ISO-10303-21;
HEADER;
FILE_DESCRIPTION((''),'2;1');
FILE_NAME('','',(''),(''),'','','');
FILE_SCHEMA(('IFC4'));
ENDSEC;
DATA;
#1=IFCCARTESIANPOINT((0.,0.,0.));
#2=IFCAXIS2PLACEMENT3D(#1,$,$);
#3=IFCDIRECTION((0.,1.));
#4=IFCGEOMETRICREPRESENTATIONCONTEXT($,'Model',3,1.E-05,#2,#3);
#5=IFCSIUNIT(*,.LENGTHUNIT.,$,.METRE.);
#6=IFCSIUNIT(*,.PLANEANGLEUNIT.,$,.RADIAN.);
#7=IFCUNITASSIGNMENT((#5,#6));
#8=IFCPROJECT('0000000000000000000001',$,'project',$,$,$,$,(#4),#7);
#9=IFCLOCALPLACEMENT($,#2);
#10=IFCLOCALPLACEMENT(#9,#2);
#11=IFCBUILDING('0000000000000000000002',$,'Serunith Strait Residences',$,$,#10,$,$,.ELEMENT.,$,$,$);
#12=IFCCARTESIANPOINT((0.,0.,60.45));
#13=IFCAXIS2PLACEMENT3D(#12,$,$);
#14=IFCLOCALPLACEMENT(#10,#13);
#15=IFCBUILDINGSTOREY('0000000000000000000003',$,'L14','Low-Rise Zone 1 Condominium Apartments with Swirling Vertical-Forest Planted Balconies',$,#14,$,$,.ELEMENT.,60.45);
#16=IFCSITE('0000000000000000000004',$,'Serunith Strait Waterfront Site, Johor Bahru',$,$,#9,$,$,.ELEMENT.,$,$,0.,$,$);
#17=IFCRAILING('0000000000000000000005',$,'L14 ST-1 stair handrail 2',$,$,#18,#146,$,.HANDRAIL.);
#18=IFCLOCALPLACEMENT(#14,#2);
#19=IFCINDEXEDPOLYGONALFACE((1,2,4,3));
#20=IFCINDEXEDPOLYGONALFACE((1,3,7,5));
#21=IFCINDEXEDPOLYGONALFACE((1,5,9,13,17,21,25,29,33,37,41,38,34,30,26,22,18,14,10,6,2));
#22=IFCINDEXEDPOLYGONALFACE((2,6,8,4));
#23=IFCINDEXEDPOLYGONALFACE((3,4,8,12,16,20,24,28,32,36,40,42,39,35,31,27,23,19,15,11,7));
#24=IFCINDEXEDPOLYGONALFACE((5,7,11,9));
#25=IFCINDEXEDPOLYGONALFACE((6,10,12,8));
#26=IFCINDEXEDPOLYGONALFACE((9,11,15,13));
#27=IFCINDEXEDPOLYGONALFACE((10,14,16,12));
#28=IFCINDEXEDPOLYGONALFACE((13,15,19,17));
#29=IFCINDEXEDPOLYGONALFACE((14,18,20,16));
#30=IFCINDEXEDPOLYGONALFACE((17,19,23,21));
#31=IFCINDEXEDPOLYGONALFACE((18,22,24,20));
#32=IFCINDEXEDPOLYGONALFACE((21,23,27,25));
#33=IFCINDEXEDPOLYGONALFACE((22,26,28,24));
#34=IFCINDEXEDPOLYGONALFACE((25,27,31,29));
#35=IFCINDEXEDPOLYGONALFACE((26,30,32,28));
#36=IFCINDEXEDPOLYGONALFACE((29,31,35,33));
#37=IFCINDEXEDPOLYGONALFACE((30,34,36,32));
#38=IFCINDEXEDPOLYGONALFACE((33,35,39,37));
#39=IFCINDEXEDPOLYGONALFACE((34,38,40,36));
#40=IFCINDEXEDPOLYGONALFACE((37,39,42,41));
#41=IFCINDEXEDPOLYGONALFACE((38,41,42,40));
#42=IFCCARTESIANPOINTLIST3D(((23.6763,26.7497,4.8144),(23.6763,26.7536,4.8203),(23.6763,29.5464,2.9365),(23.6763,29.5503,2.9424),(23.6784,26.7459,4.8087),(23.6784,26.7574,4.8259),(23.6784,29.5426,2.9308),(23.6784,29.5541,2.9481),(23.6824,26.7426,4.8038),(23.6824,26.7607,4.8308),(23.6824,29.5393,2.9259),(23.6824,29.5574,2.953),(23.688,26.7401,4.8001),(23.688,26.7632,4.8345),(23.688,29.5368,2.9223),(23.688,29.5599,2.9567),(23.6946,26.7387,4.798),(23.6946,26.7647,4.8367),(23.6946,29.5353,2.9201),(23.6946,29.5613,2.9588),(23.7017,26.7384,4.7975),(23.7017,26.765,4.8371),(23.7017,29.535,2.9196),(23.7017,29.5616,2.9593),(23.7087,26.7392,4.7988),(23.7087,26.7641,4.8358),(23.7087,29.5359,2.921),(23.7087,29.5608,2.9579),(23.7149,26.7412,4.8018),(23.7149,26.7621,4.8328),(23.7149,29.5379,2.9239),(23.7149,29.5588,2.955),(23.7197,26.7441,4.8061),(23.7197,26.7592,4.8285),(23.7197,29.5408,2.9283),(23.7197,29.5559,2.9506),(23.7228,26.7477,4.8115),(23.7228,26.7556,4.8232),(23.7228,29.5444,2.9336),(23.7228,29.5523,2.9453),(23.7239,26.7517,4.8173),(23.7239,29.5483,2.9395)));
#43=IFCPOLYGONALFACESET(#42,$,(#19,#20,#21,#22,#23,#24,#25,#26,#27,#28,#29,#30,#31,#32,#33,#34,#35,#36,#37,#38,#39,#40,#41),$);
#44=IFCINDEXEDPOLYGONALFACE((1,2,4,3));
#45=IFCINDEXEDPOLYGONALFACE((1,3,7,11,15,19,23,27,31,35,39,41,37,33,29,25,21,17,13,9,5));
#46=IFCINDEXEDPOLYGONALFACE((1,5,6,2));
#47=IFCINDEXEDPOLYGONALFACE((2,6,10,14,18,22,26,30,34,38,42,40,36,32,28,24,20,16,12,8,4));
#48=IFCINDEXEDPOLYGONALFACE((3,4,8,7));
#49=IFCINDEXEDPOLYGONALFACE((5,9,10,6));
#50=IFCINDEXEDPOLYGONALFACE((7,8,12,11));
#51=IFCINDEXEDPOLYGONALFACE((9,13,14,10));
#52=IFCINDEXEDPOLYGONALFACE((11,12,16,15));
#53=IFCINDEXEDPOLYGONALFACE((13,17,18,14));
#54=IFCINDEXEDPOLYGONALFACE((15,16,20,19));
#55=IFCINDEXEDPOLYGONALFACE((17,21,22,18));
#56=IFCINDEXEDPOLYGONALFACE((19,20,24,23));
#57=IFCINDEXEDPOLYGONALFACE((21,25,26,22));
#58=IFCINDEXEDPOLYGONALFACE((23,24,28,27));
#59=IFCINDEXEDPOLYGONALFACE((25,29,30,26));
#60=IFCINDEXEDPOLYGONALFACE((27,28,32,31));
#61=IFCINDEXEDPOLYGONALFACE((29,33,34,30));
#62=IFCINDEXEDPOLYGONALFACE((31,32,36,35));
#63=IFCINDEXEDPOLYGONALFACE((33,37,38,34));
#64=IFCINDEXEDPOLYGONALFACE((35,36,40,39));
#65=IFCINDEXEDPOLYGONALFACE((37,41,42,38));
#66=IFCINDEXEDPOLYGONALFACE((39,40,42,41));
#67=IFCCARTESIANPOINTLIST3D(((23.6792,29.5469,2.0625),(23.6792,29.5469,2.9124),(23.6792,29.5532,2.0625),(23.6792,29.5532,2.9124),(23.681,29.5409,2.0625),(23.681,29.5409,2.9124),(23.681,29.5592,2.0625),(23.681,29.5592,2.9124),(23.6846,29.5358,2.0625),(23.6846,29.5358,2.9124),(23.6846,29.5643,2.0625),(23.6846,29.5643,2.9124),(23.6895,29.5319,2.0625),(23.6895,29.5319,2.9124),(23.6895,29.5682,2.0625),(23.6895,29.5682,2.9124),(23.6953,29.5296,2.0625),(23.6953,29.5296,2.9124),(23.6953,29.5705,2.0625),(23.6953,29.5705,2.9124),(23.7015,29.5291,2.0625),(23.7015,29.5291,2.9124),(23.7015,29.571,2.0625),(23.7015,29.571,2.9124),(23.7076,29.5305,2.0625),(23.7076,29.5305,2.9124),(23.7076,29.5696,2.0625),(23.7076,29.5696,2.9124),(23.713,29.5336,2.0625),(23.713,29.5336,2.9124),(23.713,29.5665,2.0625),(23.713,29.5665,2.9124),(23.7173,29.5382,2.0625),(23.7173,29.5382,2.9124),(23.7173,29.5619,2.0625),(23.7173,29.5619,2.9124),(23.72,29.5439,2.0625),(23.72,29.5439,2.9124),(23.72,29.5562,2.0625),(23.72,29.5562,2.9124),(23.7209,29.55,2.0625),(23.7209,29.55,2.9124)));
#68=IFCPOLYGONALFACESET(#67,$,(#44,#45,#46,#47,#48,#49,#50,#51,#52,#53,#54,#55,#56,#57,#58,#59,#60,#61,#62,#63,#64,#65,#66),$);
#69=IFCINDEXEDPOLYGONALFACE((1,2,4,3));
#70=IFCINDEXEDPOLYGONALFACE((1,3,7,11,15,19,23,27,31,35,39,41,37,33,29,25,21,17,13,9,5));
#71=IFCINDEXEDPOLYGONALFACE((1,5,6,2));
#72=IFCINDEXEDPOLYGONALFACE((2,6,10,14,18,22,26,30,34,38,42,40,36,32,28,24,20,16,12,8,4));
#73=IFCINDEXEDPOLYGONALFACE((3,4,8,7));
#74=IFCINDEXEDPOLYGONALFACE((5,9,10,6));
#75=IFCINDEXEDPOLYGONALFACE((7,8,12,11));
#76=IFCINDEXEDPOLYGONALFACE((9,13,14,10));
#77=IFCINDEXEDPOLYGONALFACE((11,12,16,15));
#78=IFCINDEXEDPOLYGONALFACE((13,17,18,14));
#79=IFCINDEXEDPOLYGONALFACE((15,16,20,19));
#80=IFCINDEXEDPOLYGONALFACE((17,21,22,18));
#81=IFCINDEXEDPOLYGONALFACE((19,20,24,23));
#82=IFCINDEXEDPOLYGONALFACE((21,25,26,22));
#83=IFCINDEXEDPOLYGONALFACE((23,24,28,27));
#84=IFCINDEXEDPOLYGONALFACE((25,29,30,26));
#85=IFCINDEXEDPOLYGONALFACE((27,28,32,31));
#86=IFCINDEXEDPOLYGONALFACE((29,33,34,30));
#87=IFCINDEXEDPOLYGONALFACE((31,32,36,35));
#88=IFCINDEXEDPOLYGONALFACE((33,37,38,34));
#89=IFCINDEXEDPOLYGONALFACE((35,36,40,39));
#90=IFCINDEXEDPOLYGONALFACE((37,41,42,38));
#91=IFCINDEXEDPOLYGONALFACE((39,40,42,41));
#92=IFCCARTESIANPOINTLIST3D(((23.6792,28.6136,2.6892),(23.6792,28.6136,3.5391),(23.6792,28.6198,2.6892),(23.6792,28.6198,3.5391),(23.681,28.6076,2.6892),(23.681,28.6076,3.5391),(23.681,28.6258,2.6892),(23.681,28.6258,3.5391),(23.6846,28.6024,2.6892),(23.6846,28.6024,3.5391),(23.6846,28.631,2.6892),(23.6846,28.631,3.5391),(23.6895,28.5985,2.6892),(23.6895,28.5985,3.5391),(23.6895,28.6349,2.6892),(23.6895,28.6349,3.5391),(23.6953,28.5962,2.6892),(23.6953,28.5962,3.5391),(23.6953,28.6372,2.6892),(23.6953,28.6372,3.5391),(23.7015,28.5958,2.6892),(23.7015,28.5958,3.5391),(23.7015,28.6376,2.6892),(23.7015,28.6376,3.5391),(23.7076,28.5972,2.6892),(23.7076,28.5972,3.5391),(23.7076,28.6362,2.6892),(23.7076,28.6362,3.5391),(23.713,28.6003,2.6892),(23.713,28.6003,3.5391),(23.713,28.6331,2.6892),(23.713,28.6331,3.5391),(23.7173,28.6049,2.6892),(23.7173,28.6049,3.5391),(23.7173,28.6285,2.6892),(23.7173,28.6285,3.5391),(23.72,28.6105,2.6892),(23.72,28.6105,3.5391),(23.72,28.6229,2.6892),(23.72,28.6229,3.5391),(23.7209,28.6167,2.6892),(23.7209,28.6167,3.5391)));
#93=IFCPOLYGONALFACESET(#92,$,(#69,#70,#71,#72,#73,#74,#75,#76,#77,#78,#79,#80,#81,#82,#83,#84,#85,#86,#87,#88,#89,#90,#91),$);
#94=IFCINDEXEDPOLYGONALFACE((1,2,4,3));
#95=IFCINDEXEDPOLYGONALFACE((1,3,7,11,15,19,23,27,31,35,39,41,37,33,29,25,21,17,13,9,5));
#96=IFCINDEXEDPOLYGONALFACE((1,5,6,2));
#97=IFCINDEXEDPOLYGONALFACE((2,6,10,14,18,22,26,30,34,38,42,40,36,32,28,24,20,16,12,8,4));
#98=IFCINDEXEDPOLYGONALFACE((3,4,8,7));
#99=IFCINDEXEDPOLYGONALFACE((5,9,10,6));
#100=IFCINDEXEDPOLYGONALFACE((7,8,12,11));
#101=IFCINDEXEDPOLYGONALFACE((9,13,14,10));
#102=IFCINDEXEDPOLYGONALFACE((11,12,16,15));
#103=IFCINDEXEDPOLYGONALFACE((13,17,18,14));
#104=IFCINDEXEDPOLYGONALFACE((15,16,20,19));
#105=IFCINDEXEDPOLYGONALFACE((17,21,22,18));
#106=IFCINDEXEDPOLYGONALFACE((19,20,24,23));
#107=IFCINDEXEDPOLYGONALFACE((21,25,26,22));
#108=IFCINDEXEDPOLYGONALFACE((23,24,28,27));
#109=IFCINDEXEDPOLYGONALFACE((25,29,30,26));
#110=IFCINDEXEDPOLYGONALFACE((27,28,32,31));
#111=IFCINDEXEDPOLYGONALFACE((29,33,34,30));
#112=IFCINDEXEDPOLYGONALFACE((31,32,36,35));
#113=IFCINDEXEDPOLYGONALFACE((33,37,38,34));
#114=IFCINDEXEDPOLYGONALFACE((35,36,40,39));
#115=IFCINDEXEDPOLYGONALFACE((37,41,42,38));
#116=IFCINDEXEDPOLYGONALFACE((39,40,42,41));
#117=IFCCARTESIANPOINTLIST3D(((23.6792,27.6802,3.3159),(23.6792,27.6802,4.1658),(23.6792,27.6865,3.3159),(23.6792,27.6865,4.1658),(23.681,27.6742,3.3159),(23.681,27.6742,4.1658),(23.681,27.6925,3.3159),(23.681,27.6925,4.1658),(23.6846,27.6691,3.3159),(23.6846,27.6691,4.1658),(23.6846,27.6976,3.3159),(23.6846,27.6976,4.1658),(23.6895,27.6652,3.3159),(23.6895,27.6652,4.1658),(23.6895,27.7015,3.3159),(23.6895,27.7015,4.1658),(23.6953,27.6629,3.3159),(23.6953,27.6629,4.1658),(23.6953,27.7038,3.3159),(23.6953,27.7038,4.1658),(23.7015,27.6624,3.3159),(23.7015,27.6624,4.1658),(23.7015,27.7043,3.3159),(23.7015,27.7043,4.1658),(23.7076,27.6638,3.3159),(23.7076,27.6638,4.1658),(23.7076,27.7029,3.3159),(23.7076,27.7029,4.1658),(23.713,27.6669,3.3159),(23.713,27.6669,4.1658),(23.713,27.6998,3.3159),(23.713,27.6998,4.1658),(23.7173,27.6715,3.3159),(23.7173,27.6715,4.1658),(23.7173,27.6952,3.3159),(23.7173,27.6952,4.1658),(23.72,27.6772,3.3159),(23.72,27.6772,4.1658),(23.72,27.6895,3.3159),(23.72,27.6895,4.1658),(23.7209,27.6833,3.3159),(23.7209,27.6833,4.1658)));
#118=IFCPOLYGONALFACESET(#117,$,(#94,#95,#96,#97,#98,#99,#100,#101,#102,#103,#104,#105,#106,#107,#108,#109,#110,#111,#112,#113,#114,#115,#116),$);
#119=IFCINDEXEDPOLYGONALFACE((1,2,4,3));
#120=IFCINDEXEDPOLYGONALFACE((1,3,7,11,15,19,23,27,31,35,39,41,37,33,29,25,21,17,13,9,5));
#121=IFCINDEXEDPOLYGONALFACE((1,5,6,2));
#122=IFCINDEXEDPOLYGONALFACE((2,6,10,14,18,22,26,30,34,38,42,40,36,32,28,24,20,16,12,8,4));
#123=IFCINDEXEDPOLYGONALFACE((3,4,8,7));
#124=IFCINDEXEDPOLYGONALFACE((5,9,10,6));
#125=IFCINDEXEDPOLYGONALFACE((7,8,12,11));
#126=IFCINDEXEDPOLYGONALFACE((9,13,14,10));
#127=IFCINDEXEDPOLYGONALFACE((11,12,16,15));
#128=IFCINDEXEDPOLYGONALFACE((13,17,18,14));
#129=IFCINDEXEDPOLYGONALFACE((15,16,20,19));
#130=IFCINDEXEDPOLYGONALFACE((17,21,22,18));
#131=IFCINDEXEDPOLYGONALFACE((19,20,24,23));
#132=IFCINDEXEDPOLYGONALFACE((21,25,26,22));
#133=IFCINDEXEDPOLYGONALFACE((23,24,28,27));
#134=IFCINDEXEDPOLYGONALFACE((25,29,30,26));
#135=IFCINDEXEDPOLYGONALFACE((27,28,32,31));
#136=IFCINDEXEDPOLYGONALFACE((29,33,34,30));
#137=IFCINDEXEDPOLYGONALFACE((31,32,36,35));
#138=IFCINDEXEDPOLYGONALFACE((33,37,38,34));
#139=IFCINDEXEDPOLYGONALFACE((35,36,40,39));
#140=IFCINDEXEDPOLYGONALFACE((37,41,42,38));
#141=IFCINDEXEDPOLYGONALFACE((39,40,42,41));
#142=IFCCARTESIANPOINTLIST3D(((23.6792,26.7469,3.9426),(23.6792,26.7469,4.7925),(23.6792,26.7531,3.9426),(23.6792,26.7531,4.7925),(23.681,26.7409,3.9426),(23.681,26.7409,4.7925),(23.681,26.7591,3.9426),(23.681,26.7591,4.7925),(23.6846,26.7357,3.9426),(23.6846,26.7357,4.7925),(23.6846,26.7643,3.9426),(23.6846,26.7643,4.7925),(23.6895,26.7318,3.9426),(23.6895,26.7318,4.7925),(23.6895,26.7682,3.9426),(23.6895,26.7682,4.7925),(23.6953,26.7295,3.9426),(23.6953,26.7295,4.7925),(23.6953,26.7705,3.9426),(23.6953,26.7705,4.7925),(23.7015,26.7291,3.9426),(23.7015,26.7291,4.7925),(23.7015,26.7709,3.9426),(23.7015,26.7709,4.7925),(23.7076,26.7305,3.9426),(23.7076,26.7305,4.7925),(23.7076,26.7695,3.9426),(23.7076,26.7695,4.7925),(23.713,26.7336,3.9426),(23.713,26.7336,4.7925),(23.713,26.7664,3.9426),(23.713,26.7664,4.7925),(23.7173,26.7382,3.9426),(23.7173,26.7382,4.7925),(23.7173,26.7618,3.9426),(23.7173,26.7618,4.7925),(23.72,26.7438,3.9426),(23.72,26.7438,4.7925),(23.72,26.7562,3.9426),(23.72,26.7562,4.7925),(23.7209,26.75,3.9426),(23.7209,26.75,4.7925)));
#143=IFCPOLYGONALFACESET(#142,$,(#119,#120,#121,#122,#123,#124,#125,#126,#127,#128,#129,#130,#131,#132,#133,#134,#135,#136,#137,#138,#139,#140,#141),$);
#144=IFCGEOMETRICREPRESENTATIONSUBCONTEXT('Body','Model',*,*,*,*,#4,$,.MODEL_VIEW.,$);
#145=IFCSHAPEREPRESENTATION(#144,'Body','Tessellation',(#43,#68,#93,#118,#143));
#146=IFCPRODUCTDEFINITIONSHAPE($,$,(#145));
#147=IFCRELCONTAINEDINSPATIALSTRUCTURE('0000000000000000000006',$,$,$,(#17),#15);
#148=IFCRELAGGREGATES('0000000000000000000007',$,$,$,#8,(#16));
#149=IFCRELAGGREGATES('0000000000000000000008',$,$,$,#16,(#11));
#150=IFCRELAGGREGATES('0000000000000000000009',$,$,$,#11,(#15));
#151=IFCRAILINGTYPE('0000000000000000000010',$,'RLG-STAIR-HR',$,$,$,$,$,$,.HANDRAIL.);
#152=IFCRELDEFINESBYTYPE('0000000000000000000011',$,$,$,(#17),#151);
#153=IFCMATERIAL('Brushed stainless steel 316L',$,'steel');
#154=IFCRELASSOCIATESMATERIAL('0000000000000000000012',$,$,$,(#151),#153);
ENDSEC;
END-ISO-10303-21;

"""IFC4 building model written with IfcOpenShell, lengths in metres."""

from ifc_helpers import new_model, si_unit, direction, frame, origin, origin_2d, place, context, subcontext, project, spatial, circle, extrude, material, type_object, element, save


model = new_model("IFC4")

# Units and contexts
model_context = context("Model", 3, precision=1e-05, world=origin(), true_north=direction((0.0, 1.0)))
body_context = subcontext(model_context, "Body", "Model", "MODEL_VIEW")
ifc_project = project(units=[si_unit("LENGTHUNIT", "METRE"), si_unit("PLANEANGLEUNIT", "RADIAN")], contexts=[model_context])

# Site, building, storey
site_placement = place(None, origin())
site = spatial("IfcSite", under=ifc_project, at=site_placement, Name="Serunith Strait Waterfront Site, Johor Bahru", CompositionType="ELEMENT", RefElevation=0.0)
building_placement = place(site_placement, origin())
building = spatial("IfcBuilding", under=site, at=building_placement, Name="Serunith Strait Residences", CompositionType="ELEMENT")
storey_placement = place(building_placement, frame((0.0, 0.0, 60.45)))
storey = spatial("IfcBuildingStorey", under=building, at=storey_placement, Name="L14", Description="Low-Rise Zone 1 Condominium Apartments with Swirling Vertical-Forest Planted Balconies", CompositionType="ELEMENT", Elevation=60.45)

# Railing
ifc_material_1 = material(Name="Brushed stainless steel 316L", Category="steel")
railing_type_1 = type_object("IfcRailingType", Name="RLG-STAIR-HR", PredefinedType="HANDRAIL", material=ifc_material_1)
railing_1_placement = place(storey_placement, frame((23.7, 29.55, 2.0625)))
element("IfcRailing", 1, at=railing_1_placement, inside=storey, type_object=railing_type_1, Name="L14 ST-1 stair handrail 2", PredefinedType="HANDRAIL", context=body_context, shape_type="SweptSolid", body=[
    extrude(circle(Radius=0.0239, at=origin_2d()), frame((0.0, -0.0017, 0.877), z_axis=(0.0, -0.830208, 0.557453), x_axis=(1.0, 0.0, 0.0)), (0.0, 0.0, 1.0), 3.3687),
    extrude(circle(Radius=0.021, at=origin_2d()), origin(), (0.0, 0.0, 1.0), 0.8499),
    extrude(circle(Radius=0.021, at=origin_2d()), frame((0.0, -0.9333, 0.6267)), (0.0, 0.0, 1.0), 0.8499),
    extrude(circle(Radius=0.021, at=origin_2d()), frame((0.0, -1.8667, 1.2534)), (0.0, 0.0, 1.0), 0.8499),
    extrude(circle(Radius=0.021, at=origin_2d()), frame((0.0, -2.8, 1.8801)), (0.0, 0.0, 1.0), 0.8499),
])

save(model, "model.ifc")
